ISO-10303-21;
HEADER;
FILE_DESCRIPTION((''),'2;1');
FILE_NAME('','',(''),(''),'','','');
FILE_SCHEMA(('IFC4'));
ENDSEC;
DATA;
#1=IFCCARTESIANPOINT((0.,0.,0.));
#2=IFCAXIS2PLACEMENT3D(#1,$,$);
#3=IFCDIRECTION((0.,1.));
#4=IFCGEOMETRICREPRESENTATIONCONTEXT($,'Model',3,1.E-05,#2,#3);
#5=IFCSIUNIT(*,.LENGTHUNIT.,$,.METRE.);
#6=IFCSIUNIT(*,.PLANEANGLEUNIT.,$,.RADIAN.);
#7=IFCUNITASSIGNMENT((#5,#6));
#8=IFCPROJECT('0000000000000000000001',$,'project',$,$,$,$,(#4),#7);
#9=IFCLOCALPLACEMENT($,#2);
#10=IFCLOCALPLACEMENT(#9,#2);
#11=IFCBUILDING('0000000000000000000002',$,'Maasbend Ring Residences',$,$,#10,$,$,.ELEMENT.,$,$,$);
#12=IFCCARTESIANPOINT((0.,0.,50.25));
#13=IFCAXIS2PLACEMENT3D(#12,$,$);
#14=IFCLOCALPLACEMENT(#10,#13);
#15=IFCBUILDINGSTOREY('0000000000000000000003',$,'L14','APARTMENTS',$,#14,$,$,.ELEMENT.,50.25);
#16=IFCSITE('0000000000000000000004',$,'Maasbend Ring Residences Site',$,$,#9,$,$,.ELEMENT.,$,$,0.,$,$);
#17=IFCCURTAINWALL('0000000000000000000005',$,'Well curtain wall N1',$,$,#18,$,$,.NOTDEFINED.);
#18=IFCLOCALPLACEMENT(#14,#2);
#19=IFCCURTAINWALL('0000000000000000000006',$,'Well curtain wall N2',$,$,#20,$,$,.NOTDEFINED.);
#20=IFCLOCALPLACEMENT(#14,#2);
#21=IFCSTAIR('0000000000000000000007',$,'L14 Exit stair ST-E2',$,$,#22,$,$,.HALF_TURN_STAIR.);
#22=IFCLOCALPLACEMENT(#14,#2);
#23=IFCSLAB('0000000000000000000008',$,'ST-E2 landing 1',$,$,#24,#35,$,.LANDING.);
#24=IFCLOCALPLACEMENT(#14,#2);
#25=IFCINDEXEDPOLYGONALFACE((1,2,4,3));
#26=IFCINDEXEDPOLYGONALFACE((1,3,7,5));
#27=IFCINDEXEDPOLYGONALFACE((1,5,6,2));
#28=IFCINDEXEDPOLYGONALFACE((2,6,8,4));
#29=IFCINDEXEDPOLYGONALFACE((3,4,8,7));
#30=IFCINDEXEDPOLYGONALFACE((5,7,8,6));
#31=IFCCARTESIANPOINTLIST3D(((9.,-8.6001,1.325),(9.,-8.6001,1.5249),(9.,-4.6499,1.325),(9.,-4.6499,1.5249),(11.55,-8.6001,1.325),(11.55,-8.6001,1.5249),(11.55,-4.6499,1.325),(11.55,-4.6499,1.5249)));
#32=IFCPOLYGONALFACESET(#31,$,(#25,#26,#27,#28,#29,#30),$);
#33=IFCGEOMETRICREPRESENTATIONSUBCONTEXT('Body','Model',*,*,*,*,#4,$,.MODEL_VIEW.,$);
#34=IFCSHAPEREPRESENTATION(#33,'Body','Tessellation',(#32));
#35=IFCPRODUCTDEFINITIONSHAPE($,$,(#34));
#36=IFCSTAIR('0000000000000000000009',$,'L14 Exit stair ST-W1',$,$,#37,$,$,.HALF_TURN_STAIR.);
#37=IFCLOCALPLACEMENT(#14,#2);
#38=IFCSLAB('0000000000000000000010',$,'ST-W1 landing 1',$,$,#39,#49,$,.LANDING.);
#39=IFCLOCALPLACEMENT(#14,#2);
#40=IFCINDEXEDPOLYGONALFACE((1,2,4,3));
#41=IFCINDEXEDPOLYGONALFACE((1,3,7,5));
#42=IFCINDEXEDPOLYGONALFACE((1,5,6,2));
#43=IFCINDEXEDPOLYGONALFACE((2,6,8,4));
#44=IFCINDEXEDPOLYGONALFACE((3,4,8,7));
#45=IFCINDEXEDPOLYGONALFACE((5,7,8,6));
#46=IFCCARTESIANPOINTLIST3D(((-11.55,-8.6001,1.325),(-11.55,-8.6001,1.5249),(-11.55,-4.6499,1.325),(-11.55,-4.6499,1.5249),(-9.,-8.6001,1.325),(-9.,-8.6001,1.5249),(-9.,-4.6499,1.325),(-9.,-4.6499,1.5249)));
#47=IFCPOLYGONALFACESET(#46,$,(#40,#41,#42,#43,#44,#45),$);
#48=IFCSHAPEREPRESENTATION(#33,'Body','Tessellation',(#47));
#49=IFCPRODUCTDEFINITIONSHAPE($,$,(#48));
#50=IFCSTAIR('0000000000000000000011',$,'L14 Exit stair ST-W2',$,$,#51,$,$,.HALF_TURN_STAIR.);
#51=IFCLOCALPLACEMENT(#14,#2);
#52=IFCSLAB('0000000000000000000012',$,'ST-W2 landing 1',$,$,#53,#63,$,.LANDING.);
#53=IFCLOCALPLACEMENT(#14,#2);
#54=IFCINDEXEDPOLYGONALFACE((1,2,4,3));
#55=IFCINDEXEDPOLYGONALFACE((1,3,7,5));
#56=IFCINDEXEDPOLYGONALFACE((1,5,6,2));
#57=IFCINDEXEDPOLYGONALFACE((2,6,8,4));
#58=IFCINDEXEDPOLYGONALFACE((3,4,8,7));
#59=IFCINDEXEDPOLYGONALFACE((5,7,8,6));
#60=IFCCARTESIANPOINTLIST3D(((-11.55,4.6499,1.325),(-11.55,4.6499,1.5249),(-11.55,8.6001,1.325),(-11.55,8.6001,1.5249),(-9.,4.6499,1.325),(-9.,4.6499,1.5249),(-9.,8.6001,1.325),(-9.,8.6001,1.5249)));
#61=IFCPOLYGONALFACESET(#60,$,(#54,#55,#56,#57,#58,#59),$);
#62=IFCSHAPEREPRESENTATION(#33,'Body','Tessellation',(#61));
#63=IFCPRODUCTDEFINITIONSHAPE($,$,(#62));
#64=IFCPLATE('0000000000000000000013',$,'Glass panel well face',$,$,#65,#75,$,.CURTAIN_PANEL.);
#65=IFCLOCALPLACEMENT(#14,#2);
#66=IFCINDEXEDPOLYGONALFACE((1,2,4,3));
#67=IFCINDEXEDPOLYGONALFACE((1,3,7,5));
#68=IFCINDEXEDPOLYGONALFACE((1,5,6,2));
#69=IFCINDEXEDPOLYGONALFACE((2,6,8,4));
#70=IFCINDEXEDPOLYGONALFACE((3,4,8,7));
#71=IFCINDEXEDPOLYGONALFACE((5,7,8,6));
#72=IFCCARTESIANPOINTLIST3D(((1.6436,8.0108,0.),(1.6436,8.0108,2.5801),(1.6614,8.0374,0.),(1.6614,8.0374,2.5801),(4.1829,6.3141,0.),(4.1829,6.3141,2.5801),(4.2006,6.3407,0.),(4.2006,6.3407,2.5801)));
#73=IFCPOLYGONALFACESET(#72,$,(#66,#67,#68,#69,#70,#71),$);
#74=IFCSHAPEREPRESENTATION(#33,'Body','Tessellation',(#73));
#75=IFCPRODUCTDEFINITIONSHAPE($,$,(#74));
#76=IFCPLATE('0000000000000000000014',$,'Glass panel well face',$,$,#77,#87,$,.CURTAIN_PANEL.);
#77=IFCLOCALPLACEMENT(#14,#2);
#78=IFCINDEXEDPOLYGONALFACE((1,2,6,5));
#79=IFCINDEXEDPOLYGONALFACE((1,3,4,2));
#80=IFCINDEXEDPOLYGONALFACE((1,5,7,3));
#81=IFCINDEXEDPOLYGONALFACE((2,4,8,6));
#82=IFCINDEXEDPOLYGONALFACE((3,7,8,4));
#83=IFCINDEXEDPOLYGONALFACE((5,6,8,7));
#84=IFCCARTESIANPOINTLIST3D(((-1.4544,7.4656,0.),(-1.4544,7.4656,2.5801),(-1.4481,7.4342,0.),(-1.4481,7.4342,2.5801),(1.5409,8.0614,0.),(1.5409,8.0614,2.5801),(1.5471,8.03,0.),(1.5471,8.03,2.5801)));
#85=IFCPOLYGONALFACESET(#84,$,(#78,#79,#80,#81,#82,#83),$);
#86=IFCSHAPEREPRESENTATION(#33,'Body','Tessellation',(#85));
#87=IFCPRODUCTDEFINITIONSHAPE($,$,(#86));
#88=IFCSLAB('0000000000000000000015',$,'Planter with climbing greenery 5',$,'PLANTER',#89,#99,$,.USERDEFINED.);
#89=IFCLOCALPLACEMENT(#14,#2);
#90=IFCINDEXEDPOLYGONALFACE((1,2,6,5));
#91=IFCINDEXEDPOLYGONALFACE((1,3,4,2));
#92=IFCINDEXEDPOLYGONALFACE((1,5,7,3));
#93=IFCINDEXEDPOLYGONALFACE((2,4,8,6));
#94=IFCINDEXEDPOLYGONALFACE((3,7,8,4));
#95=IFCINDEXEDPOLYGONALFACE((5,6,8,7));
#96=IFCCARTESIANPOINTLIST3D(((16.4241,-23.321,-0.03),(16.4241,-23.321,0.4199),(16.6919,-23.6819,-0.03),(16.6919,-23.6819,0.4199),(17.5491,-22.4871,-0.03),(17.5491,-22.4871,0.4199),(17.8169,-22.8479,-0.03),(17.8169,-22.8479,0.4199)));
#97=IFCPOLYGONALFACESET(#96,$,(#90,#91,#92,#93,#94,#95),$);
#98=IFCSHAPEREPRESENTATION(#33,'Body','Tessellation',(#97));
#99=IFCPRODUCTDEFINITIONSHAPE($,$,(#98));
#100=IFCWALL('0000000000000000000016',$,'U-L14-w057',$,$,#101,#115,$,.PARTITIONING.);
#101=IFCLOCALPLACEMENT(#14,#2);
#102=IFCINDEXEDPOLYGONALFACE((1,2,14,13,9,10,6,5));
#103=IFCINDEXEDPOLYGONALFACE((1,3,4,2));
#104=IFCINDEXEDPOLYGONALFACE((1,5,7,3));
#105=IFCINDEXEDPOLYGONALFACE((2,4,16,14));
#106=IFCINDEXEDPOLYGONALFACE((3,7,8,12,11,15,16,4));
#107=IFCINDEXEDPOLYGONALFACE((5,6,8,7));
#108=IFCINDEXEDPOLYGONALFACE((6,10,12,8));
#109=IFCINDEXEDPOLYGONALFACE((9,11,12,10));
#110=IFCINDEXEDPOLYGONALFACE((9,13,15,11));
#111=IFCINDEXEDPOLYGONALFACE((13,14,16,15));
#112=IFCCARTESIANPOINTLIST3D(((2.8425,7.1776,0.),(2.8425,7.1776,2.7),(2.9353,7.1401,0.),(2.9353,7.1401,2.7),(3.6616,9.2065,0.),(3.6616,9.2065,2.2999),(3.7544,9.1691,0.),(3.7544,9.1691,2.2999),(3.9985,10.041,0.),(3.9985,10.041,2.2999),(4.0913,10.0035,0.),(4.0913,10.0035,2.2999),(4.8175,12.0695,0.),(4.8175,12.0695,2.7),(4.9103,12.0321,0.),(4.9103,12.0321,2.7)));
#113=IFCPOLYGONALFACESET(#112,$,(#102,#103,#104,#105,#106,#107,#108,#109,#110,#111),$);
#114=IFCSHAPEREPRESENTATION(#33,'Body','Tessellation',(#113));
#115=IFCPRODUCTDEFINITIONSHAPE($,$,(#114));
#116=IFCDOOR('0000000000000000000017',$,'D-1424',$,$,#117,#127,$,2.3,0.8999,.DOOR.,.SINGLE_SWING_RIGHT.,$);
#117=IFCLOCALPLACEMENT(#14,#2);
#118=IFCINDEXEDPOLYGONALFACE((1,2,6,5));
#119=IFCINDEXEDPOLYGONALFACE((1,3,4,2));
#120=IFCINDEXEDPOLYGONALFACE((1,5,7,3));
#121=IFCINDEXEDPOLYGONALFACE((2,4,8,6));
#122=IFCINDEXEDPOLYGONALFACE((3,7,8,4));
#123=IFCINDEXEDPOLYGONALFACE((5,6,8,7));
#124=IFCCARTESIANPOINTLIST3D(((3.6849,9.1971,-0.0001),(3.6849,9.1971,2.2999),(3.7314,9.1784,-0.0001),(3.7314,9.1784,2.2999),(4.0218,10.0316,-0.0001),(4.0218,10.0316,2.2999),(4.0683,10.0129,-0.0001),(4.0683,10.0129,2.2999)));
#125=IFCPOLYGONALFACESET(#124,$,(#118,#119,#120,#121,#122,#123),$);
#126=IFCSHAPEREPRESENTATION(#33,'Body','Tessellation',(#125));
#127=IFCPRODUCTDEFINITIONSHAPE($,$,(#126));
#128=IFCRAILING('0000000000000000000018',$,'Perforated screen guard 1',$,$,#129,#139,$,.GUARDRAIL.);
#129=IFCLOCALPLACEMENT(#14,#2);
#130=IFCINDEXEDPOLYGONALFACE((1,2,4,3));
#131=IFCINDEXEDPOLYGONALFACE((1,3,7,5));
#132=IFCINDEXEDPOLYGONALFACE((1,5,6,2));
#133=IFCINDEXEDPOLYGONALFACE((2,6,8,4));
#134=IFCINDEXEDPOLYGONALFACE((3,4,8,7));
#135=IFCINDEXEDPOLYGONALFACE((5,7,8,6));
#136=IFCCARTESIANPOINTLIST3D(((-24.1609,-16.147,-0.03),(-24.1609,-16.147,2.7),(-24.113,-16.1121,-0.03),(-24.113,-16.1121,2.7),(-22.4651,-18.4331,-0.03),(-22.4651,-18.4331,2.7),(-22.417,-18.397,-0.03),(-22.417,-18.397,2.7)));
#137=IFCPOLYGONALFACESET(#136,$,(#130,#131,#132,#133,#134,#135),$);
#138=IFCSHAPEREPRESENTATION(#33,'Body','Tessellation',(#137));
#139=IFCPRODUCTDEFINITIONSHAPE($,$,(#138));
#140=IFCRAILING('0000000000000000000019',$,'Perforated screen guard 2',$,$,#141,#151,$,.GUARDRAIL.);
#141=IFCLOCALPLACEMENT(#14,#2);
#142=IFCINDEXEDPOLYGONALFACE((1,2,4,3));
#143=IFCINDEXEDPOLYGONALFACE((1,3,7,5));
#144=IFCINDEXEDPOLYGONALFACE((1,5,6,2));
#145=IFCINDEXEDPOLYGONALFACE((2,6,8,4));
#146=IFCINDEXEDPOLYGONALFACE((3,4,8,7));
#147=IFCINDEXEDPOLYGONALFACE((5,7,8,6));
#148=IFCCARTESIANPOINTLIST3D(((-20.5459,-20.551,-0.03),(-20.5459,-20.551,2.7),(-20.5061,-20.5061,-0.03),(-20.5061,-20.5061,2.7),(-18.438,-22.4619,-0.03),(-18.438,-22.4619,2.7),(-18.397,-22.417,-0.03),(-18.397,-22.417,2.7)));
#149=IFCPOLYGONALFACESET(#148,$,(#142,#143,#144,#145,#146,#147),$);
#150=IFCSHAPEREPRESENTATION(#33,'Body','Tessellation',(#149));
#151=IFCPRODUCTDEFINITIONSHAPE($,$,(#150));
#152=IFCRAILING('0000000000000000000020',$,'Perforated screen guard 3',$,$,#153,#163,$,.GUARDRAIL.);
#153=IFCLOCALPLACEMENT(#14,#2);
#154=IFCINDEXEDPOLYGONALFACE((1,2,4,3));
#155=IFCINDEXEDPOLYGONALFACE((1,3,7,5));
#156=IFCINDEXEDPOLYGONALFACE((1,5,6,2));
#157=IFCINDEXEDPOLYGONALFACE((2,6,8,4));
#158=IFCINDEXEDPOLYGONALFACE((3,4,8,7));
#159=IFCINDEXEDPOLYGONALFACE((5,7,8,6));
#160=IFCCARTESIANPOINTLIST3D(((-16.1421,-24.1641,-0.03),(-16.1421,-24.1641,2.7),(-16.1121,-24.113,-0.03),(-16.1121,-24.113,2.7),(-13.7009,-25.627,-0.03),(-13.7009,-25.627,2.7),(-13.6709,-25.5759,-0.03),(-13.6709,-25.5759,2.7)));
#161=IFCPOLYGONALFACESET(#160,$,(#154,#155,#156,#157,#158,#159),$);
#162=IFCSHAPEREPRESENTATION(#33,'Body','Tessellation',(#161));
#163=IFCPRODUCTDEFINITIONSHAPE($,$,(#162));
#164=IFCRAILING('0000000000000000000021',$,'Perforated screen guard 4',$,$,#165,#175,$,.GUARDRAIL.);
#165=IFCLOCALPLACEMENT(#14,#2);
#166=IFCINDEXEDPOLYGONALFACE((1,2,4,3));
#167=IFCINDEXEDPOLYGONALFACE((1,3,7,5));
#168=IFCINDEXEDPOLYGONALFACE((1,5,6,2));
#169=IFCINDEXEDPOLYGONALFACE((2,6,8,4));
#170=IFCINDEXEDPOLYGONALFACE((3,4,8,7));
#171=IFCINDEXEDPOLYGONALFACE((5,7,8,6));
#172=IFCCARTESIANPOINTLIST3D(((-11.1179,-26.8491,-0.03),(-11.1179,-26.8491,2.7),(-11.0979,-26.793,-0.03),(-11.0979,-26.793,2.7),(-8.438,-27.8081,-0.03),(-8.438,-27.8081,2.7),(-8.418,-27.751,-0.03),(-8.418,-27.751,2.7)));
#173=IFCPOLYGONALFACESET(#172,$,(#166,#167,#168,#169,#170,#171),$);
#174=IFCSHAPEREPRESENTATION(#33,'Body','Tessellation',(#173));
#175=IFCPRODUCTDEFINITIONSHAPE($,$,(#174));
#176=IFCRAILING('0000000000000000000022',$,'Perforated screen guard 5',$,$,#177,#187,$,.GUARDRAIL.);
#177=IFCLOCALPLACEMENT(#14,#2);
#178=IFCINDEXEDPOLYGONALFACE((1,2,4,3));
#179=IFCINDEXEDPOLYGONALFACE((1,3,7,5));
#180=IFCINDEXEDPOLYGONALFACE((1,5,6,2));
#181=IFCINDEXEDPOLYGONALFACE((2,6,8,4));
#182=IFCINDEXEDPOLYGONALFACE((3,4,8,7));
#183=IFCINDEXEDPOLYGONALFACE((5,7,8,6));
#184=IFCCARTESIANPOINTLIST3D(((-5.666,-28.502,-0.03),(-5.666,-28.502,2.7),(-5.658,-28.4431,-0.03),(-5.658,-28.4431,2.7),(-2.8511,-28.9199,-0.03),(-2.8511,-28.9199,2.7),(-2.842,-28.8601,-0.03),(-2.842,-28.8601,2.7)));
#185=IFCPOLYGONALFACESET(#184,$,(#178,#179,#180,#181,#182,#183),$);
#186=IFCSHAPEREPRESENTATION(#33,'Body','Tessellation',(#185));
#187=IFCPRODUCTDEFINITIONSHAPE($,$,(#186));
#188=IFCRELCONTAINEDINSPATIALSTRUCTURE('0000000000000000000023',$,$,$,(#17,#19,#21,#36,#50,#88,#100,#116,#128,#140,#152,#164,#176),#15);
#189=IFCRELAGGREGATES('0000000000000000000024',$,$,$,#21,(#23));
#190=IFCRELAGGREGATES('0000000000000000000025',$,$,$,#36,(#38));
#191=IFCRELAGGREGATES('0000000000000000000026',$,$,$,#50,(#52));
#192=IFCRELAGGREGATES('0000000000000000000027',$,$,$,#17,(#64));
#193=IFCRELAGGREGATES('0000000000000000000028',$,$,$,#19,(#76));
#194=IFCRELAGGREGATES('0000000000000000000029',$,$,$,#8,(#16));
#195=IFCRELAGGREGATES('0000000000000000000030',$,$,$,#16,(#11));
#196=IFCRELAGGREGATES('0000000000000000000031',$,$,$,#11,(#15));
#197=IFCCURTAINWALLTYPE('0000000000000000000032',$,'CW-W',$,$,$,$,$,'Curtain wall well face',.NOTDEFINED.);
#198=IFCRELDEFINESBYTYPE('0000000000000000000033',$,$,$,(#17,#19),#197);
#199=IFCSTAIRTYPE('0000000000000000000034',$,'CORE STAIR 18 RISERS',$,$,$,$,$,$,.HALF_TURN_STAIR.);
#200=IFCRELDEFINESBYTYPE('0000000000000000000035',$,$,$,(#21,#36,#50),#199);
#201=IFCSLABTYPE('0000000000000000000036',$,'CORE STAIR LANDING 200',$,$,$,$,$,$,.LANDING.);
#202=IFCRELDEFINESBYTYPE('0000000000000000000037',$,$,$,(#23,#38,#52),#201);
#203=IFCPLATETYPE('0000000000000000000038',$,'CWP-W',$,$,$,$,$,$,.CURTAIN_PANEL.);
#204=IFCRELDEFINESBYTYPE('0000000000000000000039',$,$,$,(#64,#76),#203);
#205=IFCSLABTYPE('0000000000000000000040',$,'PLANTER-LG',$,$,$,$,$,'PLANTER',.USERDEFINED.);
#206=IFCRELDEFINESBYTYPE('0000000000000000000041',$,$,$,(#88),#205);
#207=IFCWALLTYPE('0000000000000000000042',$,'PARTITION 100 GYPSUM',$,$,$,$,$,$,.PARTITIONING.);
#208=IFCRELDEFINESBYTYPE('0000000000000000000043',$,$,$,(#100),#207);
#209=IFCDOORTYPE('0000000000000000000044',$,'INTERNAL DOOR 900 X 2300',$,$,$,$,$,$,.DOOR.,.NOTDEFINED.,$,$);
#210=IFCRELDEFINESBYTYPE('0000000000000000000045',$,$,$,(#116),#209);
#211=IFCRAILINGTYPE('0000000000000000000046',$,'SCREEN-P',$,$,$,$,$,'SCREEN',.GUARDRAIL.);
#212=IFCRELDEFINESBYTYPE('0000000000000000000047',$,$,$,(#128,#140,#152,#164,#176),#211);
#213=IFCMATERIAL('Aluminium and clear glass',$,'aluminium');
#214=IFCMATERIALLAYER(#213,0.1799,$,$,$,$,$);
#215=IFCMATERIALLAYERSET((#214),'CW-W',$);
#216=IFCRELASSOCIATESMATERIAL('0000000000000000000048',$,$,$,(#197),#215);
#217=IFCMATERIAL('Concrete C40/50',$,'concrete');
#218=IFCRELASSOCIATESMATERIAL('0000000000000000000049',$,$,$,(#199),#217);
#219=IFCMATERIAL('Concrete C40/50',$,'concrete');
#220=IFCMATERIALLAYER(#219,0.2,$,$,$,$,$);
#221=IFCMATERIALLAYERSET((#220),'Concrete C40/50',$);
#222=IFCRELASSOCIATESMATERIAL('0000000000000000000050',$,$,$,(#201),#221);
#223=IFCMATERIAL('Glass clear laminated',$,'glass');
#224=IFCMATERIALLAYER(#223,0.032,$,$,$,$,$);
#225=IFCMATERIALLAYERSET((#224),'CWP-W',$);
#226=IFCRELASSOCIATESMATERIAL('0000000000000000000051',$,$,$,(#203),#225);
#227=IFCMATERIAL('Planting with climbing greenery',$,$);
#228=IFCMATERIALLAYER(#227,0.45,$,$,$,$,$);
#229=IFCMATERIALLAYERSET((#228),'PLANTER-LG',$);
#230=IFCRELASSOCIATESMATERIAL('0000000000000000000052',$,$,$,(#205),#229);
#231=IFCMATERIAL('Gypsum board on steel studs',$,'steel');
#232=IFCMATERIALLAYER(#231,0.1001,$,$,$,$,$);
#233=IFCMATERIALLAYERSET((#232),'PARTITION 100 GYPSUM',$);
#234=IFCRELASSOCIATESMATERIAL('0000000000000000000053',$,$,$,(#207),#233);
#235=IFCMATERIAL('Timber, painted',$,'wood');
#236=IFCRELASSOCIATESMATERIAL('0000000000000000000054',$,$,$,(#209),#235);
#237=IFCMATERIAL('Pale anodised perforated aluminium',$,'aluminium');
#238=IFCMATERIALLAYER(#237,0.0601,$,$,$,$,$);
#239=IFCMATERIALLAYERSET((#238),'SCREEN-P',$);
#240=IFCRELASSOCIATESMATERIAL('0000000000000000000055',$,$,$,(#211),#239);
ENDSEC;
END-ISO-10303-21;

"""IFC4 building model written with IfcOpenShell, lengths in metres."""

from ifc_helpers import new_model, si_unit, direction, frame, frame_2d, origin, origin_2d, place, context, subcontext, project, spatial, polyline, rectangle, outline, extrude, material, layer, layer_set, type_object, element, fill, aggregate, save


model = new_model("IFC4")

# Units and contexts
model_context = context("Model", 3, precision=1e-05, world=origin(), true_north=direction((0.0, 1.0)))
body_context = subcontext(model_context, "Body", "Model", "MODEL_VIEW")
ifc_project = project(units=[si_unit("LENGTHUNIT", "METRE"), si_unit("PLANEANGLEUNIT", "RADIAN")], contexts=[model_context])

# Site, building, storey
site_placement = place(None, origin())
site = spatial("IfcSite", under=ifc_project, at=site_placement, Name="Maasbend Ring Residences Site", CompositionType="ELEMENT", RefElevation=0.0)
building_placement = place(site_placement, origin())
building = spatial("IfcBuilding", under=site, at=building_placement, Name="Maasbend Ring Residences", CompositionType="ELEMENT")
storey_placement = place(building_placement, frame((0.0, 0.0, 50.25)))
storey = spatial("IfcBuildingStorey", under=building, at=storey_placement, Name="L14", Description="APARTMENTS", CompositionType="ELEMENT", Elevation=50.25)

# Curtain wall
ifc_material_1 = material(Name="Aluminium and clear glass", Category="aluminium")
ifc_layer_1 = layer(ifc_material_1, 0.1799)
ifc_layer_set_1 = layer_set([ifc_layer_1], Name="CW-W")
curtain_wall_type = type_object("IfcCurtainWallType", Name="CW-W", ElementType="Curtain wall well face", PredefinedType="NOTDEFINED", material=ifc_layer_set_1)
curtain_wall_1_placement = place(storey_placement, origin())
curtain_wall_1 = element("IfcCurtainWall", 1, at=curtain_wall_1_placement, inside=storey, type_object=curtain_wall_type, Name="Well curtain wall N1", PredefinedType="NOTDEFINED")

# Curtain wall
curtain_wall_2_placement = place(storey_placement, origin())
curtain_wall_2 = element("IfcCurtainWall", 2, at=curtain_wall_2_placement, inside=storey, type_object=curtain_wall_type, Name="Well curtain wall N2", PredefinedType="NOTDEFINED")

# Stairs, slabs
ifc_material_2 = material(Name="Concrete C40/50", Category="concrete")
stair_type = type_object("IfcStairType", Name="CORE STAIR 18 RISERS", PredefinedType="HALF_TURN_STAIR", material=ifc_material_2)
ifc_material_3 = material(Name="Concrete C40/50", Category="concrete")
ifc_layer_2 = layer(ifc_material_3, 0.2)
ifc_layer_set_2 = layer_set([ifc_layer_2], Name="Concrete C40/50")
slab_type_1 = type_object("IfcSlabType", Name="CORE STAIR LANDING 200", PredefinedType="LANDING", material=ifc_layer_set_2)
stair_1_placement = place(storey_placement, origin())
stair_1 = element("IfcStair", 3, at=stair_1_placement, inside=storey, type_object=stair_type, Name="L14 Exit stair ST-E2", PredefinedType="HALF_TURN_STAIR")
slab_1_placement = place(storey_placement, frame((0.0, 0.0, 1.325)))
slab_1 = element("IfcSlab", 4, at=slab_1_placement, type_object=slab_type_1, Name="ST-E2 landing 1", PredefinedType="LANDING", context=body_context, shape_type="SweptSolid", body=[
    extrude(outline(polyline([(11.55, -4.6499), (9.0, -4.6499), (9.0, -8.6001), (11.55, -8.6001), (11.55, -4.6499)])), origin(), (0.0, 0.0, 1.0), 0.2),
])
aggregate(stair_1, [slab_1])
stair_2_placement = place(storey_placement, origin())
stair_2 = element("IfcStair", 5, at=stair_2_placement, inside=storey, type_object=stair_type, Name="L14 Exit stair ST-W1", PredefinedType="HALF_TURN_STAIR")
slab_2_placement = place(storey_placement, frame((0.0, 0.0, 1.325)))
slab_2 = element("IfcSlab", 6, at=slab_2_placement, type_object=slab_type_1, Name="ST-W1 landing 1", PredefinedType="LANDING", context=body_context, shape_type="SweptSolid", body=[
    extrude(outline(polyline([(-11.55, -8.6001), (-9.0, -8.6001), (-9.0, -4.6499), (-11.55, -4.6499), (-11.55, -8.6001)])), origin(), (0.0, 0.0, 1.0), 0.2),
])
aggregate(stair_2, [slab_2])
stair_3_placement = place(storey_placement, origin())
stair_3 = element("IfcStair", 7, at=stair_3_placement, inside=storey, type_object=stair_type, Name="L14 Exit stair ST-W2", PredefinedType="HALF_TURN_STAIR")
slab_3_placement = place(storey_placement, frame((0.0, 0.0, 1.325)))
slab_3 = element("IfcSlab", 8, at=slab_3_placement, type_object=slab_type_1, Name="ST-W2 landing 1", PredefinedType="LANDING", context=body_context, shape_type="SweptSolid", body=[
    extrude(outline(polyline([(-11.55, 4.6499), (-9.0, 4.6499), (-9.0, 8.6001), (-11.55, 8.6001), (-11.55, 4.6499)])), origin(), (0.0, 0.0, 1.0), 0.2),
])
aggregate(stair_3, [slab_3])

# Plates
ifc_material_4 = material(Name="Glass clear laminated", Category="glass")
ifc_layer_3 = layer(ifc_material_4, 0.032)
ifc_layer_set_3 = layer_set([ifc_layer_3], Name="CWP-W")
plate_type = type_object("IfcPlateType", Name="CWP-W", PredefinedType="CURTAIN_PANEL", material=ifc_layer_set_3)
plate_1_placement = place(storey_placement, frame((2.9221, 7.1758, 0.0), z_axis=(0.0, 0.0, 1.0), x_axis=(-0.83147, 0.55557, 0.0)))
plate_1 = element("IfcPlate", 9, at=plate_1_placement, type_object=plate_type, Name="Glass panel well face", PredefinedType="CURTAIN_PANEL", context=body_context, shape_type="SweptSolid", body=[
    extrude(rectangle(XDim=3.054, YDim=0.032, at=origin_2d()), origin(), (0.0, 0.0, 1.0), 2.5801),
])
aggregate(curtain_wall_1, [plate_1])
plate_2_placement = place(storey_placement, frame((0.0464, 7.7478, 0.0), z_axis=(0.0, 0.0, 1.0), x_axis=(-0.980785, -0.19509, 0.0)))
plate_2 = element("IfcPlate", 10, at=plate_2_placement, type_object=plate_type, Name="Glass panel well face", PredefinedType="CURTAIN_PANEL", context=body_context, shape_type="SweptSolid", body=[
    extrude(rectangle(XDim=3.054, YDim=0.032, at=origin_2d()), origin(), (0.0, 0.0, 1.0), 2.5801),
])
aggregate(curtain_wall_2, [plate_2])

# Slab
ifc_material_5 = material(Name="Planting with climbing greenery")
ifc_layer_4 = layer(ifc_material_5, 0.45)
ifc_layer_set_4 = layer_set([ifc_layer_4], Name="PLANTER-LG")
slab_type_2 = type_object("IfcSlabType", Name="PLANTER-LG", ElementType="PLANTER", PredefinedType="USERDEFINED", material=ifc_layer_set_4)
slab_4_placement = place(storey_placement, frame((0.0, 0.0, -0.03)))
element("IfcSlab", 11, at=slab_4_placement, inside=storey, type_object=slab_type_2, Name="Planter with climbing greenery 5", ObjectType="PLANTER", PredefinedType="USERDEFINED", context=body_context, shape_type="SweptSolid", body=[
    extrude(outline(polyline([(16.6919, -23.6819), (17.8169, -22.8479), (17.5491, -22.4871), (16.4241, -23.321), (16.6919, -23.6819)])), origin(), (0.0, 0.0, 1.0), 0.45),
])

# Wall, opening, door
ifc_material_6 = material(Name="Gypsum board on steel studs", Category="steel")
ifc_layer_5 = layer(ifc_material_6, 0.1001)
ifc_layer_set_5 = layer_set([ifc_layer_5], Name="PARTITION 100 GYPSUM")
wall_type = type_object("IfcWallType", Name="PARTITION 100 GYPSUM", PredefinedType="PARTITIONING", material=ifc_layer_set_5)
wall_placement = place(storey_placement, frame((2.8889, 7.1589, 0.0), z_axis=(0.0, 0.0, 1.0), x_axis=(0.374373, 0.927278, 0.0)))
wall = element("IfcWall", 12, at=wall_placement, inside=storey, type_object=wall_type, Name="U-L14-w057", PredefinedType="PARTITIONING", context=body_context, shape_type="SweptSolid", body=[
    extrude(rectangle(XDim=5.2756, YDim=0.1001, at=frame_2d((2.6377, 0.0))), origin(), (0.0, 0.0, 1.0), 2.7),
])
opening_placement = place(wall_placement, frame((2.188, 0.0, 0.0)))
opening = element("IfcOpeningElement", 13, at=opening_placement, cuts=wall, PredefinedType="OPENING", context=body_context, shape_type="SweptSolid", body=[
    extrude(rectangle(XDim=0.8999, YDim=2.3, at=frame_2d((0.45, 1.1499))), frame((0.0, 0.0601, 0.0), z_axis=(0.0, -1.0, 0.0), x_axis=(1.0, 0.0, 0.0)), (0.0, 0.0, 1.0), 0.1201),
])
ifc_material_7 = material(Name="Timber, painted", Category="wood")
door_type = type_object("IfcDoorType", Name="INTERNAL DOOR 900 X 2300", OperationType="NOTDEFINED", PredefinedType="DOOR", material=ifc_material_7)
door_placement = place(opening_placement, origin())
door = element("IfcDoor", 14, at=door_placement, inside=storey, type_object=door_type, Name="D-1424", OperationType="SINGLE_SWING_RIGHT", OverallHeight=2.3, OverallWidth=0.8999, PredefinedType="DOOR", context=body_context, shape_type="SweptSolid", body=[
    extrude(rectangle(XDim=0.8999, YDim=2.3, at=frame_2d((0.45, 1.1499))), frame((0.0, 0.0249, 0.0), z_axis=(0.0, -1.0, 0.0), x_axis=(1.0, 0.0, 0.0)), (0.0, 0.0, 1.0), 0.05),
])
fill(opening, door)

# Railings
ifc_material_8 = material(Name="Pale anodised perforated aluminium", Category="aluminium")
ifc_layer_6 = layer(ifc_material_8, 0.0601)
ifc_layer_set_6 = layer_set([ifc_layer_6], Name="SCREEN-P")
railing_type = type_object("IfcRailingType", Name="SCREEN-P", ElementType="SCREEN", PredefinedType="GUARDRAIL", material=ifc_layer_set_6)
railing_1_placement = place(storey_placement, frame((0.0, 0.0, -0.03)))
element("IfcRailing", 15, at=railing_1_placement, inside=storey, type_object=railing_type, Name="Perforated screen guard 1", PredefinedType="GUARDRAIL", context=body_context, shape_type="SweptSolid", body=[
    extrude(outline(polyline([(-24.113, -16.1121), (-22.417, -18.397), (-22.4651, -18.4331), (-24.1609, -16.147), (-24.113, -16.1121)])), origin(), (0.0, 0.0, 1.0), 2.73),
])
railing_2_placement = place(storey_placement, frame((0.0, 0.0, -0.03)))
element("IfcRailing", 16, at=railing_2_placement, inside=storey, type_object=railing_type, Name="Perforated screen guard 2", PredefinedType="GUARDRAIL", context=body_context, shape_type="SweptSolid", body=[
    extrude(outline(polyline([(-20.5061, -20.5061), (-18.397, -22.417), (-18.438, -22.4619), (-20.5459, -20.551), (-20.5061, -20.5061)])), origin(), (0.0, 0.0, 1.0), 2.73),
])
railing_3_placement = place(storey_placement, frame((0.0, 0.0, -0.03)))
element("IfcRailing", 17, at=railing_3_placement, inside=storey, type_object=railing_type, Name="Perforated screen guard 3", PredefinedType="GUARDRAIL", context=body_context, shape_type="SweptSolid", body=[
    extrude(outline(polyline([(-16.1121, -24.113), (-13.6709, -25.5759), (-13.7009, -25.627), (-16.1421, -24.1641), (-16.1121, -24.113)])), origin(), (0.0, 0.0, 1.0), 2.73),
])
railing_4_placement = place(storey_placement, frame((0.0, 0.0, -0.03)))
element("IfcRailing", 18, at=railing_4_placement, inside=storey, type_object=railing_type, Name="Perforated screen guard 4", PredefinedType="GUARDRAIL", context=body_context, shape_type="SweptSolid", body=[
    extrude(outline(polyline([(-11.0979, -26.793), (-8.418, -27.751), (-8.438, -27.8081), (-11.1179, -26.8491), (-11.0979, -26.793)])), origin(), (0.0, 0.0, 1.0), 2.73),
])
railing_5_placement = place(storey_placement, frame((0.0, 0.0, -0.03)))
element("IfcRailing", 19, at=railing_5_placement, inside=storey, type_object=railing_type, Name="Perforated screen guard 5", PredefinedType="GUARDRAIL", context=body_context, shape_type="SweptSolid", body=[
    extrude(outline(polyline([(-5.658, -28.4431), (-2.842, -28.8601), (-2.8511, -28.9199), (-5.666, -28.502), (-5.658, -28.4431)])), origin(), (0.0, 0.0, 1.0), 2.73),
])

save(model, "model.ifc")
